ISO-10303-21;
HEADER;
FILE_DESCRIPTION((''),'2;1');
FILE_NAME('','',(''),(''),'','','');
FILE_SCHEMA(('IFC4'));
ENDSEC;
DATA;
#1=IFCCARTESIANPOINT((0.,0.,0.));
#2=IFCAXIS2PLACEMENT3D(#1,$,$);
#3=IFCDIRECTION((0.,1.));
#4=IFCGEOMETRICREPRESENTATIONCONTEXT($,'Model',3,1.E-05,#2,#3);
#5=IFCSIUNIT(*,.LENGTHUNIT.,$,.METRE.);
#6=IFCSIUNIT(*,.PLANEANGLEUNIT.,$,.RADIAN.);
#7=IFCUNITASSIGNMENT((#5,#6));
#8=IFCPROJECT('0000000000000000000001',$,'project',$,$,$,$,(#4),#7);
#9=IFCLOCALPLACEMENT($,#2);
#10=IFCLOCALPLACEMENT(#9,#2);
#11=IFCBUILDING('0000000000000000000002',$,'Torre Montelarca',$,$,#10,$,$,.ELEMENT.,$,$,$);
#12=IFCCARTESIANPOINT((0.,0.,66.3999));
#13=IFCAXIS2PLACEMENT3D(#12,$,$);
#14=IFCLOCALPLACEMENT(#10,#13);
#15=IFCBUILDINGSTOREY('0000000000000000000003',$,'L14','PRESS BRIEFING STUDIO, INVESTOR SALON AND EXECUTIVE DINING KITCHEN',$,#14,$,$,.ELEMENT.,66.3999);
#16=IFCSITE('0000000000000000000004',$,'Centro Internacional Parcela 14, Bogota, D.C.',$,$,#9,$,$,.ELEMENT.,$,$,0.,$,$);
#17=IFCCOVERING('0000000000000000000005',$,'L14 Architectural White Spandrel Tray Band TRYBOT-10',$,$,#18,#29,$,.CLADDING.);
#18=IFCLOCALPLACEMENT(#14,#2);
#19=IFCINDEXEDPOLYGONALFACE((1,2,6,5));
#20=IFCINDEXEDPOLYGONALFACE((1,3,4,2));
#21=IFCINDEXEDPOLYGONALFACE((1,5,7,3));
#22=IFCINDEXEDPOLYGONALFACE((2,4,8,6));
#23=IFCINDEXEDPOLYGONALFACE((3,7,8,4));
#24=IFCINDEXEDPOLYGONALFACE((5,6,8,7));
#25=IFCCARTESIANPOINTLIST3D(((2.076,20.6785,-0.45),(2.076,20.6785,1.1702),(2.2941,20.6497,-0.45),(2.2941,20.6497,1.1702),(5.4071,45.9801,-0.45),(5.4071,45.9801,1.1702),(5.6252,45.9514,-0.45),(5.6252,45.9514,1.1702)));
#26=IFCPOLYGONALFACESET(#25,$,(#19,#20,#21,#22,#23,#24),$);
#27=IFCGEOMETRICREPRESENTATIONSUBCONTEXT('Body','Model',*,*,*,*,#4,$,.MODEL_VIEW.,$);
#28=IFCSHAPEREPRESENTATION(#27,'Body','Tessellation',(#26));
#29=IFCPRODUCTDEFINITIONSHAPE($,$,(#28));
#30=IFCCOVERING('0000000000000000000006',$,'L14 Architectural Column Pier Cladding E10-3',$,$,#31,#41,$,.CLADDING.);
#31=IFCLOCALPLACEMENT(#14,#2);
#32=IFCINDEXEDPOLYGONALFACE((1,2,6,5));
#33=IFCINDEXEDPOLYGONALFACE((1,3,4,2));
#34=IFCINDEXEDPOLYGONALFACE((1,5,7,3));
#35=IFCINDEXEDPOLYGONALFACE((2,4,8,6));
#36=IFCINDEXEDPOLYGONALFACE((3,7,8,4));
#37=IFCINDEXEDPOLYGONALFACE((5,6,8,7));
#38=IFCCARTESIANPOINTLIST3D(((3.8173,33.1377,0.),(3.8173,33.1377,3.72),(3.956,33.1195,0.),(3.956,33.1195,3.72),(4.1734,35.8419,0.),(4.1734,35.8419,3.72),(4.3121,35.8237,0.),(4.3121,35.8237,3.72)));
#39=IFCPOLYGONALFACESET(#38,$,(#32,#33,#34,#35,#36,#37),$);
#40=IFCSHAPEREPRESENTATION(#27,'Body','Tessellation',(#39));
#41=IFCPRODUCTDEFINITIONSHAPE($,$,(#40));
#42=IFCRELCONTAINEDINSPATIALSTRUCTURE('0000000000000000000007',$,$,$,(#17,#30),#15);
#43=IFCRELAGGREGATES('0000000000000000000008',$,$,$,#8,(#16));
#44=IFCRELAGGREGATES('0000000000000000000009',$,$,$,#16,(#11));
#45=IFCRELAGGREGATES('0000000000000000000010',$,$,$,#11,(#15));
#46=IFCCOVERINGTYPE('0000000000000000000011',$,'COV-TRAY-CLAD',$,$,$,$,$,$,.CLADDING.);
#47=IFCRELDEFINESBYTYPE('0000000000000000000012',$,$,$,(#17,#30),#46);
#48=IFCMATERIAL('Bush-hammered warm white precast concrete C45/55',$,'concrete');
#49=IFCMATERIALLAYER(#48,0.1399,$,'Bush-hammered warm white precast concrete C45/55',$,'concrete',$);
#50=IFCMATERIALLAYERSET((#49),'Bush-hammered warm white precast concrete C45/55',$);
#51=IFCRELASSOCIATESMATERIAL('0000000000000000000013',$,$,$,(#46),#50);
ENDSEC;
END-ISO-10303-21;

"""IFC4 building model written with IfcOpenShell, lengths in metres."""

from ifc_helpers import new_model, si_unit, direction, frame, origin, origin_2d, place, context, subcontext, project, spatial, rectangle, extrude, source, transform, mapped, material, layer, layer_set, type_object, element, save


model = new_model("IFC4")

# Units and contexts
model_context = context("Model", 3, precision=1e-05, world=origin(), true_north=direction((0.0, 1.0)))
body_context = subcontext(model_context, "Body", "Model", "MODEL_VIEW")
ifc_project = project(units=[si_unit("LENGTHUNIT", "METRE"), si_unit("PLANEANGLEUNIT", "RADIAN")], contexts=[model_context])

# Site, building, storey
site_placement = place(None, origin())
site = spatial("IfcSite", under=ifc_project, at=site_placement, Name="Centro Internacional Parcela 14, Bogota, D.C.", CompositionType="ELEMENT", RefElevation=0.0)
building_placement = place(site_placement, origin())
building = spatial("IfcBuilding", under=site, at=building_placement, Name="Torre Montelarca", CompositionType="ELEMENT")
storey_placement = place(building_placement, frame((0.0, 0.0, 66.3999)))
storey = spatial("IfcBuildingStorey", under=building, at=storey_placement, Name="L14", Description="PRESS BRIEFING STUDIO, INVESTOR SALON AND EXECUTIVE DINING KITCHEN", CompositionType="ELEMENT", Elevation=66.3999)

# Coverings
ifc_material_1 = material(Name="Bush-hammered warm white precast concrete C45/55", Category="concrete")
ifc_layer_1 = layer(ifc_material_1, 0.1399, Name="Bush-hammered warm white precast concrete C45/55", Category="concrete")
ifc_layer_set_1 = layer_set([ifc_layer_1], Name="Bush-hammered warm white precast concrete C45/55")
covering_type = type_object("IfcCoveringType", Name="COV-TRAY-CLAD", PredefinedType="CLADDING", material=ifc_layer_set_1)
shared_shape_1 = source(origin(), body_context, "Body", "SweptSolid", [
    extrude(rectangle(XDim=25.52, YDim=0.22, at=origin_2d()), origin(), (0.0, 0.0, 1.0), 1.6201),
])
covering_1_placement = place(storey_placement, frame((3.8506, 33.3149, -0.45), z_axis=(0.0, 0.0, 1.0), x_axis=(-0.130528, -0.991445, 0.0)))
element("IfcCovering", 1, at=covering_1_placement, inside=storey, type_object=covering_type, Name="L14 Architectural White Spandrel Tray Band TRYBOT-10", PredefinedType="CLADDING", context=body_context, shape_type="MappedRepresentation", body=[
    mapped(shared_shape_1, transform((0.0, 0.0, 0.0), scale=1.0)),
])
shared_shape_2 = source(origin(), body_context, "Body", "SweptSolid", [
    extrude(rectangle(XDim=2.7275, YDim=0.1399, at=origin_2d()), origin(), (0.0, 0.0, 1.0), 3.72),
])
covering_2_placement = place(storey_placement, frame((4.0647, 34.4807, 0.0), z_axis=(0.0, 0.0, 1.0), x_axis=(-0.130528, -0.991445, 0.0)))
element("IfcCovering", 2, at=covering_2_placement, inside=storey, type_object=covering_type, Name="L14 Architectural Column Pier Cladding E10-3", PredefinedType="CLADDING", context=body_context, shape_type="MappedRepresentation", body=[
    mapped(shared_shape_2, transform((0.0, 0.0, 0.0), scale=1.0)),
])

save(model, "model.ifc")
